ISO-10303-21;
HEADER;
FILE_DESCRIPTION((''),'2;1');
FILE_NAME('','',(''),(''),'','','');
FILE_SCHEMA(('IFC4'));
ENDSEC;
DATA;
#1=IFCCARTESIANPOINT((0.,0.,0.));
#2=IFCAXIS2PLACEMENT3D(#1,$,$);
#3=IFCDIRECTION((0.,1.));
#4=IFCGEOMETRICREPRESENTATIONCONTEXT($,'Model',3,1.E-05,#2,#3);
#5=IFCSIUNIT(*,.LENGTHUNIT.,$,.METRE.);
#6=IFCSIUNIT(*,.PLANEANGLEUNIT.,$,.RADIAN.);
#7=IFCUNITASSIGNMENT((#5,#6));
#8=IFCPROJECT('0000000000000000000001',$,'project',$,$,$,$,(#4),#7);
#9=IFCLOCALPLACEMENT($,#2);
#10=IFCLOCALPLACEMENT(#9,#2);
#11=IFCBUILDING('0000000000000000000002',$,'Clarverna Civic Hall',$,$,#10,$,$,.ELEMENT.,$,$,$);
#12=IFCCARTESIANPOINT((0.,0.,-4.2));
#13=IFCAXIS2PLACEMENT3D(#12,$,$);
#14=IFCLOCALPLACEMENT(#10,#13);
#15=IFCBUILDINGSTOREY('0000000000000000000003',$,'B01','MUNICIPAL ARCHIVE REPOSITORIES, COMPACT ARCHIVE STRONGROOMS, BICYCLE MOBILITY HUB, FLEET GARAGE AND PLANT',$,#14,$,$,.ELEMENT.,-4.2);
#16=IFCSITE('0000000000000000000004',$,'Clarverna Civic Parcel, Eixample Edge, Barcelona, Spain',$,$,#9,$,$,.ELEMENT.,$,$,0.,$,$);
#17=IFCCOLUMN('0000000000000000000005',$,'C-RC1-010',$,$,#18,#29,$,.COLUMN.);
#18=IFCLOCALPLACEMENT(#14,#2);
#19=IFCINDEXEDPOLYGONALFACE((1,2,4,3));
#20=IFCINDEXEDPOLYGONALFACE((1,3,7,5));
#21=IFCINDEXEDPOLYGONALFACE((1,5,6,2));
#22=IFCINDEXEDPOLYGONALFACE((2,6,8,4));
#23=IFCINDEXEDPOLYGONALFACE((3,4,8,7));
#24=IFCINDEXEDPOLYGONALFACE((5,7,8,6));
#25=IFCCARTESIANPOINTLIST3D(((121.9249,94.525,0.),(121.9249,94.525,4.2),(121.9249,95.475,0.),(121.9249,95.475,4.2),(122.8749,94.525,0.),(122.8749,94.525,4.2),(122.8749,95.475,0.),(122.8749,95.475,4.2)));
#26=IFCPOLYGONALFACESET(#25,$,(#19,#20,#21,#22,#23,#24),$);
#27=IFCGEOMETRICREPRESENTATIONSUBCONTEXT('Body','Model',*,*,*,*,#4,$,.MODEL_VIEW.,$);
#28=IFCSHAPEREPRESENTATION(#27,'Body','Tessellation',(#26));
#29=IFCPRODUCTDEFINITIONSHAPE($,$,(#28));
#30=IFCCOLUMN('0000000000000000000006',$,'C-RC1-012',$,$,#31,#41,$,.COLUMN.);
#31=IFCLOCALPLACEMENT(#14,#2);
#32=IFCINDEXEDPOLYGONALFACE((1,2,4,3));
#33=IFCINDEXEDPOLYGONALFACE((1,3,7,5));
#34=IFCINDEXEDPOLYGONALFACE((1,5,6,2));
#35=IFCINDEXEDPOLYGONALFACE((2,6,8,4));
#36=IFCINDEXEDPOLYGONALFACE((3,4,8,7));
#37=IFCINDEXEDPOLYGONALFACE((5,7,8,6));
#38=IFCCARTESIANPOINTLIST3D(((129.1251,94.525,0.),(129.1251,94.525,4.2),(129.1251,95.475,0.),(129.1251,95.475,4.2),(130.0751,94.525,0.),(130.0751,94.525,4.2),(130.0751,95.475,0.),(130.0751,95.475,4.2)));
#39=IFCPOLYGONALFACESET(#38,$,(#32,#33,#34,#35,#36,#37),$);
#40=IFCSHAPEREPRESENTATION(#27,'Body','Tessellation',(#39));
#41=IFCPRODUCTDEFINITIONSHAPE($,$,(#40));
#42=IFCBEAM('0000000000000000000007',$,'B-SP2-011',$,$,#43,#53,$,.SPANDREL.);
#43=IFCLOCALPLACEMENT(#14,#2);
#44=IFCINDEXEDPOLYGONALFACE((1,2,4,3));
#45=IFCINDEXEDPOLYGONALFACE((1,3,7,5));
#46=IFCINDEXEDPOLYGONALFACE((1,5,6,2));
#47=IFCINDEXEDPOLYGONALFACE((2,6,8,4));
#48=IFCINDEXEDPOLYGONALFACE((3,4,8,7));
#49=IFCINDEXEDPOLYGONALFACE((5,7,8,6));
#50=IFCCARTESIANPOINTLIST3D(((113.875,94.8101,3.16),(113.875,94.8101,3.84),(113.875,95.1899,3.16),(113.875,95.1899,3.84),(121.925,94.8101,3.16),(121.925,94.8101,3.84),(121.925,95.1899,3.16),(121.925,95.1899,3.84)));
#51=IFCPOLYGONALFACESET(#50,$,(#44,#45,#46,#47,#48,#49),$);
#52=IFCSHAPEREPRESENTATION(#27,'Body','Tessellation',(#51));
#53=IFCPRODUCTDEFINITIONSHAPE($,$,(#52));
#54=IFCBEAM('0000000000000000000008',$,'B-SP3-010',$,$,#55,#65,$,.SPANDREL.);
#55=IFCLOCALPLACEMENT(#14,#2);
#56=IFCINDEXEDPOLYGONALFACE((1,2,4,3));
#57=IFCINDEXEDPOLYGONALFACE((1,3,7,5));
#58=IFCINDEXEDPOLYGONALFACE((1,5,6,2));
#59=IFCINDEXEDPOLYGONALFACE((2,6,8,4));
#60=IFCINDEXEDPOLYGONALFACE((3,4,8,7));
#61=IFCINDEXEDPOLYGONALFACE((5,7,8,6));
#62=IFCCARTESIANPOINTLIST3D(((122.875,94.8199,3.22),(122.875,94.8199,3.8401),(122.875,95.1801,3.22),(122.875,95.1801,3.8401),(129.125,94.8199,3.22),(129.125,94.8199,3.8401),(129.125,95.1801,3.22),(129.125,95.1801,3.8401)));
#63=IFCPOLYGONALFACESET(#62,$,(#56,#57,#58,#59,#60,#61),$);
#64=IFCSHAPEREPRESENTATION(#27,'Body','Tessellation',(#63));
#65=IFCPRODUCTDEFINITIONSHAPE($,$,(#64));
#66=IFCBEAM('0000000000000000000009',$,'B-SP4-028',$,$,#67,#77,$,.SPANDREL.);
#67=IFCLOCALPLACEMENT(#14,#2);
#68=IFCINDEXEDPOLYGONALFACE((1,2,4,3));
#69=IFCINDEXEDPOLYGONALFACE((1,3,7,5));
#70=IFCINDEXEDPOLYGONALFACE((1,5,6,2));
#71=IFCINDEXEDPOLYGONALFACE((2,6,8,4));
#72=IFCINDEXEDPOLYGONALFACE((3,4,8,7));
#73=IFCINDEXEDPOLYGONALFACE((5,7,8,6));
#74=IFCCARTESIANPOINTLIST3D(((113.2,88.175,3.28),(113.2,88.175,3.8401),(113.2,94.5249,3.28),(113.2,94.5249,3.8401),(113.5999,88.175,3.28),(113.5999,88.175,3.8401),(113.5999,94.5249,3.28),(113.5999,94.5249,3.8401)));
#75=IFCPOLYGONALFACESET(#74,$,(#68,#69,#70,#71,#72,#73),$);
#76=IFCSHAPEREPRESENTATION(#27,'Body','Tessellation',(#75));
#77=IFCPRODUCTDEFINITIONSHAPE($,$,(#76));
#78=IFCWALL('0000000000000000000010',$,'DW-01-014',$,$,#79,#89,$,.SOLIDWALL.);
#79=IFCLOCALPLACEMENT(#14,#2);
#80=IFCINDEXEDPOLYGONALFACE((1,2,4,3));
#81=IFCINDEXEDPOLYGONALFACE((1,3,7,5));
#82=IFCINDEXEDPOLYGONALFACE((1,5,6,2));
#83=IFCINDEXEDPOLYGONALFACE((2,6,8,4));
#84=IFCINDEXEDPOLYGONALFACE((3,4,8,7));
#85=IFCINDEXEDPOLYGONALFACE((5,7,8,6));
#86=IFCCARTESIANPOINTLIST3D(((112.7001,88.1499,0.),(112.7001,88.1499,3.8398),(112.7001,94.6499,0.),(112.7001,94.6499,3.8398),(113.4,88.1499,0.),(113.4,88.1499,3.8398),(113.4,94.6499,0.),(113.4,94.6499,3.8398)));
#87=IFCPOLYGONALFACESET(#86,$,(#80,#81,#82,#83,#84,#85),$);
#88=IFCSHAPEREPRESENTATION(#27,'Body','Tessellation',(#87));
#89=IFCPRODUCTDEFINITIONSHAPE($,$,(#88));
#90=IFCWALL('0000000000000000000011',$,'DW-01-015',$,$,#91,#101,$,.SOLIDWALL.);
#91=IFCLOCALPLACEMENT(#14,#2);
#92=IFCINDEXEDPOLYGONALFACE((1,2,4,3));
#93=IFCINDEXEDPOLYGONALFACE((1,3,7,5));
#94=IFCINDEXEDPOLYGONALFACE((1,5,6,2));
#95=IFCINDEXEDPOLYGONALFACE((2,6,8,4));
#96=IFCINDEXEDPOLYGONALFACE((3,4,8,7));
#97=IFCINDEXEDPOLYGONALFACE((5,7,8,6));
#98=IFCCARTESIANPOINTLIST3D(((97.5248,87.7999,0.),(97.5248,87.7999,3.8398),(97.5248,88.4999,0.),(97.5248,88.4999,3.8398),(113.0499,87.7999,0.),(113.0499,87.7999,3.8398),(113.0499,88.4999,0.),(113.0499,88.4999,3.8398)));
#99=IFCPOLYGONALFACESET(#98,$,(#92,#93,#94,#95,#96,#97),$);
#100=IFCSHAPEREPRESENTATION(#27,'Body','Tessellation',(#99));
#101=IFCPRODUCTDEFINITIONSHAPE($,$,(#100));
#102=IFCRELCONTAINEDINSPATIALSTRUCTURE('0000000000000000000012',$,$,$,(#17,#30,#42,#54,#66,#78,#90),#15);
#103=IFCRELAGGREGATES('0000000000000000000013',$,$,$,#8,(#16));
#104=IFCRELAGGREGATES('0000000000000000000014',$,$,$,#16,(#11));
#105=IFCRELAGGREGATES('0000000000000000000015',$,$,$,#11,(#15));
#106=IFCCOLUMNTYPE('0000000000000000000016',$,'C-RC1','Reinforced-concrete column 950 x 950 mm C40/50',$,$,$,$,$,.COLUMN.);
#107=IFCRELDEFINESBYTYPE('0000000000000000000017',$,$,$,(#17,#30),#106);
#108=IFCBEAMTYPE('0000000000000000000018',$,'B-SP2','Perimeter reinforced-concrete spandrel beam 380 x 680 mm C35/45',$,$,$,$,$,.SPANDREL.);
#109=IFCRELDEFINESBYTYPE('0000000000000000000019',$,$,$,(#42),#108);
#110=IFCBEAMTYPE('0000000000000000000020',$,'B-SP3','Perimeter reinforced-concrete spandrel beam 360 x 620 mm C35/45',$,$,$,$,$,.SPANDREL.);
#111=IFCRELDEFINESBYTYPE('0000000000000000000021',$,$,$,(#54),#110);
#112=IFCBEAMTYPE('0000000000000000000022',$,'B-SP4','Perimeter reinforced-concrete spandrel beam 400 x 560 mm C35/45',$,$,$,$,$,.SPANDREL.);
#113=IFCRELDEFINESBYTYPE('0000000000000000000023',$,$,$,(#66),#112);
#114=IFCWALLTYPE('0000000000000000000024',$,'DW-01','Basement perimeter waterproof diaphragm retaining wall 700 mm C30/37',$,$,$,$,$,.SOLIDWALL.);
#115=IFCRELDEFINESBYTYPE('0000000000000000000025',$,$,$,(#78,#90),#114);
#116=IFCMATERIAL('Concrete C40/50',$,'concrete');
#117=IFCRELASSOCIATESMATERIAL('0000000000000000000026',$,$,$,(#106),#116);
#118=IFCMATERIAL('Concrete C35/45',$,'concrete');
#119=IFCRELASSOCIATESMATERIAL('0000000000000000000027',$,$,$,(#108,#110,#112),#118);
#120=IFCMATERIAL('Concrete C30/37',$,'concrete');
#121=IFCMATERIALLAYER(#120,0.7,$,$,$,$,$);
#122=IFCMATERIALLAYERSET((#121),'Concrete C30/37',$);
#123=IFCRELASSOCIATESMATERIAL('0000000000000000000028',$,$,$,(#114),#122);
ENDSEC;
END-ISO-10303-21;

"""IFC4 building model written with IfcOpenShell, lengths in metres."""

from ifc_helpers import new_model, si_unit, direction, frame, frame_2d, origin, origin_2d, place, context, subcontext, project, spatial, rectangle, extrude, material, layer, layer_set, material_profile, profile_set, type_object, element, save


model = new_model("IFC4")

# Units and contexts
model_context = context("Model", 3, precision=1e-05, world=origin(), true_north=direction((0.0, 1.0)))
body_context = subcontext(model_context, "Body", "Model", "MODEL_VIEW")
ifc_project = project(units=[si_unit("LENGTHUNIT", "METRE"), si_unit("PLANEANGLEUNIT", "RADIAN")], contexts=[model_context])

# Site, building, storey
site_placement = place(None, origin())
site = spatial("IfcSite", under=ifc_project, at=site_placement, Name="Clarverna Civic Parcel, Eixample Edge, Barcelona, Spain", CompositionType="ELEMENT", RefElevation=0.0)
building_placement = place(site_placement, origin())
building = spatial("IfcBuilding", under=site, at=building_placement, Name="Clarverna Civic Hall", CompositionType="ELEMENT")
storey_placement = place(building_placement, frame((0.0, 0.0, -4.2)))
storey = spatial("IfcBuildingStorey", under=building, at=storey_placement, Name="B01", Description="MUNICIPAL ARCHIVE REPOSITORIES, COMPACT ARCHIVE STRONGROOMS, BICYCLE MOBILITY HUB, FLEET GARAGE AND PLANT", CompositionType="ELEMENT", Elevation=-4.2)

# Shared definitions
ifc_material_1 = material(Name="Concrete C30/37", Category="concrete")

# Columns
ifc_material_2 = material(Name="Concrete C40/50", Category="concrete")
ifc_material_profile_1 = material_profile(ifc_material_2, rectangle(XDim=0.95, YDim=0.95, at=origin_2d()), Name="RC 950x950")
ifc_profile_set_1 = profile_set([ifc_material_profile_1], Name="Concrete C40/50")
column_type = type_object("IfcColumnType", Name="C-RC1", Description="Reinforced-concrete column 950 x 950 mm C40/50", PredefinedType="COLUMN", material=ifc_profile_set_1)
for number, where, z_axis, x_axis, name in (
    (1, (122.3999, 95.0, 0.0), (0.0, 0.0, 1.0), (1.0, 0.0, 0.0), "C-RC1-010"),
    (2, (129.6001, 95.0, 0.0), (0.0, 0.0, 1.0), (1.0, 0.0, 0.0), "C-RC1-012"),
):
    element("IfcColumn", number, at=place(storey_placement, frame(where, z_axis=z_axis, x_axis=x_axis)), inside=storey, type_object=column_type, Name=name, PredefinedType="COLUMN", context=body_context, shape_type="SweptSolid", body=[
        extrude(rectangle(XDim=0.95, YDim=0.95, at=origin_2d()), origin(), (0.0, 0.0, 1.0), 4.2),
    ])

# Beams
ifc_material_3 = material(Name="Concrete C35/45", Category="concrete")
ifc_material_profile_2 = material_profile(ifc_material_3, rectangle(XDim=0.3799, YDim=0.6799, at=origin_2d()), Name="RC 380x680")
ifc_profile_set_2 = profile_set([ifc_material_profile_2], Name="Concrete C35/45")
beam_type_1 = type_object("IfcBeamType", Name="B-SP2", Description="Perimeter reinforced-concrete spandrel beam 380 x 680 mm C35/45", PredefinedType="SPANDREL", material=ifc_profile_set_2)
beam_1_placement = place(storey_placement, frame((113.875, 95.0, 3.5), z_axis=(1.0, 0.0, 0.0), x_axis=(0.0, 1.0, 0.0)))
element("IfcBeam", 3, at=beam_1_placement, inside=storey, type_object=beam_type_1, Name="B-SP2-011", PredefinedType="SPANDREL", context=body_context, shape_type="SweptSolid", body=[
    extrude(rectangle(XDim=0.3799, YDim=0.6799, at=origin_2d()), origin(), (0.0, 0.0, 1.0), 8.05),
])
ifc_material_profile_3 = material_profile(ifc_material_3, rectangle(XDim=0.3601, YDim=0.6201, at=origin_2d()), Name="RC 360x620")
ifc_profile_set_3 = profile_set([ifc_material_profile_3], Name="Concrete C35/45")
beam_type_2 = type_object("IfcBeamType", Name="B-SP3", Description="Perimeter reinforced-concrete spandrel beam 360 x 620 mm C35/45", PredefinedType="SPANDREL", material=ifc_profile_set_3)
beam_2_placement = place(storey_placement, frame((122.875, 95.0, 3.53), z_axis=(1.0, 0.0, 0.0), x_axis=(0.0, 1.0, 0.0)))
element("IfcBeam", 4, at=beam_2_placement, inside=storey, type_object=beam_type_2, Name="B-SP3-010", PredefinedType="SPANDREL", context=body_context, shape_type="SweptSolid", body=[
    extrude(rectangle(XDim=0.3601, YDim=0.6201, at=origin_2d()), origin(), (0.0, 0.0, 1.0), 6.25),
])
ifc_material_profile_4 = material_profile(ifc_material_3, rectangle(XDim=0.3999, YDim=0.5601, at=origin_2d()), Name="RC 400x560")
ifc_profile_set_4 = profile_set([ifc_material_profile_4], Name="Concrete C35/45")
beam_type_3 = type_object("IfcBeamType", Name="B-SP4", Description="Perimeter reinforced-concrete spandrel beam 400 x 560 mm C35/45", PredefinedType="SPANDREL", material=ifc_profile_set_4)
beam_3_placement = place(storey_placement, frame((113.3999, 88.175, 3.5601), z_axis=(0.0, 1.0, 0.0), x_axis=(-1.0, 0.0, 0.0)))
element("IfcBeam", 5, at=beam_3_placement, inside=storey, type_object=beam_type_3, Name="B-SP4-028", PredefinedType="SPANDREL", context=body_context, shape_type="SweptSolid", body=[
    extrude(rectangle(XDim=0.3999, YDim=0.5601, at=origin_2d()), origin(), (0.0, 0.0, 1.0), 6.3499),
])

# Walls
ifc_layer = layer(ifc_material_1, 0.7)
ifc_layer_set = layer_set([ifc_layer], Name="Concrete C30/37")
wall_type = type_object("IfcWallType", Name="DW-01", Description="Basement perimeter waterproof diaphragm retaining wall 700 mm C30/37", PredefinedType="SOLIDWALL", material=ifc_layer_set)
wall_1_placement = place(storey_placement, frame((113.05, 94.6499, 0.0), z_axis=(0.0, 0.0, 1.0), x_axis=(0.0, -1.0, 0.0)))
element("IfcWall", 6, at=wall_1_placement, inside=storey, type_object=wall_type, Name="DW-01-014", PredefinedType="SOLIDWALL", context=body_context, shape_type="SweptSolid", body=[
    extrude(rectangle(XDim=6.5, YDim=0.7, at=frame_2d((3.25, 0.0))), origin(), (0.0, 0.0, 1.0), 3.8398),
])
wall_2_placement = place(storey_placement, frame((113.05, 88.1499, 0.0), z_axis=(0.0, 0.0, 1.0), x_axis=(-1.0, 0.0, 0.0)))
element("IfcWall", 7, at=wall_2_placement, inside=storey, type_object=wall_type, Name="DW-01-015", PredefinedType="SOLIDWALL", context=body_context, shape_type="SweptSolid", body=[
    extrude(rectangle(XDim=15.5251, YDim=0.7, at=frame_2d((7.7627, 0.0))), origin(), (0.0, 0.0, 1.0), 3.8398),
])

save(model, "model.ifc")
